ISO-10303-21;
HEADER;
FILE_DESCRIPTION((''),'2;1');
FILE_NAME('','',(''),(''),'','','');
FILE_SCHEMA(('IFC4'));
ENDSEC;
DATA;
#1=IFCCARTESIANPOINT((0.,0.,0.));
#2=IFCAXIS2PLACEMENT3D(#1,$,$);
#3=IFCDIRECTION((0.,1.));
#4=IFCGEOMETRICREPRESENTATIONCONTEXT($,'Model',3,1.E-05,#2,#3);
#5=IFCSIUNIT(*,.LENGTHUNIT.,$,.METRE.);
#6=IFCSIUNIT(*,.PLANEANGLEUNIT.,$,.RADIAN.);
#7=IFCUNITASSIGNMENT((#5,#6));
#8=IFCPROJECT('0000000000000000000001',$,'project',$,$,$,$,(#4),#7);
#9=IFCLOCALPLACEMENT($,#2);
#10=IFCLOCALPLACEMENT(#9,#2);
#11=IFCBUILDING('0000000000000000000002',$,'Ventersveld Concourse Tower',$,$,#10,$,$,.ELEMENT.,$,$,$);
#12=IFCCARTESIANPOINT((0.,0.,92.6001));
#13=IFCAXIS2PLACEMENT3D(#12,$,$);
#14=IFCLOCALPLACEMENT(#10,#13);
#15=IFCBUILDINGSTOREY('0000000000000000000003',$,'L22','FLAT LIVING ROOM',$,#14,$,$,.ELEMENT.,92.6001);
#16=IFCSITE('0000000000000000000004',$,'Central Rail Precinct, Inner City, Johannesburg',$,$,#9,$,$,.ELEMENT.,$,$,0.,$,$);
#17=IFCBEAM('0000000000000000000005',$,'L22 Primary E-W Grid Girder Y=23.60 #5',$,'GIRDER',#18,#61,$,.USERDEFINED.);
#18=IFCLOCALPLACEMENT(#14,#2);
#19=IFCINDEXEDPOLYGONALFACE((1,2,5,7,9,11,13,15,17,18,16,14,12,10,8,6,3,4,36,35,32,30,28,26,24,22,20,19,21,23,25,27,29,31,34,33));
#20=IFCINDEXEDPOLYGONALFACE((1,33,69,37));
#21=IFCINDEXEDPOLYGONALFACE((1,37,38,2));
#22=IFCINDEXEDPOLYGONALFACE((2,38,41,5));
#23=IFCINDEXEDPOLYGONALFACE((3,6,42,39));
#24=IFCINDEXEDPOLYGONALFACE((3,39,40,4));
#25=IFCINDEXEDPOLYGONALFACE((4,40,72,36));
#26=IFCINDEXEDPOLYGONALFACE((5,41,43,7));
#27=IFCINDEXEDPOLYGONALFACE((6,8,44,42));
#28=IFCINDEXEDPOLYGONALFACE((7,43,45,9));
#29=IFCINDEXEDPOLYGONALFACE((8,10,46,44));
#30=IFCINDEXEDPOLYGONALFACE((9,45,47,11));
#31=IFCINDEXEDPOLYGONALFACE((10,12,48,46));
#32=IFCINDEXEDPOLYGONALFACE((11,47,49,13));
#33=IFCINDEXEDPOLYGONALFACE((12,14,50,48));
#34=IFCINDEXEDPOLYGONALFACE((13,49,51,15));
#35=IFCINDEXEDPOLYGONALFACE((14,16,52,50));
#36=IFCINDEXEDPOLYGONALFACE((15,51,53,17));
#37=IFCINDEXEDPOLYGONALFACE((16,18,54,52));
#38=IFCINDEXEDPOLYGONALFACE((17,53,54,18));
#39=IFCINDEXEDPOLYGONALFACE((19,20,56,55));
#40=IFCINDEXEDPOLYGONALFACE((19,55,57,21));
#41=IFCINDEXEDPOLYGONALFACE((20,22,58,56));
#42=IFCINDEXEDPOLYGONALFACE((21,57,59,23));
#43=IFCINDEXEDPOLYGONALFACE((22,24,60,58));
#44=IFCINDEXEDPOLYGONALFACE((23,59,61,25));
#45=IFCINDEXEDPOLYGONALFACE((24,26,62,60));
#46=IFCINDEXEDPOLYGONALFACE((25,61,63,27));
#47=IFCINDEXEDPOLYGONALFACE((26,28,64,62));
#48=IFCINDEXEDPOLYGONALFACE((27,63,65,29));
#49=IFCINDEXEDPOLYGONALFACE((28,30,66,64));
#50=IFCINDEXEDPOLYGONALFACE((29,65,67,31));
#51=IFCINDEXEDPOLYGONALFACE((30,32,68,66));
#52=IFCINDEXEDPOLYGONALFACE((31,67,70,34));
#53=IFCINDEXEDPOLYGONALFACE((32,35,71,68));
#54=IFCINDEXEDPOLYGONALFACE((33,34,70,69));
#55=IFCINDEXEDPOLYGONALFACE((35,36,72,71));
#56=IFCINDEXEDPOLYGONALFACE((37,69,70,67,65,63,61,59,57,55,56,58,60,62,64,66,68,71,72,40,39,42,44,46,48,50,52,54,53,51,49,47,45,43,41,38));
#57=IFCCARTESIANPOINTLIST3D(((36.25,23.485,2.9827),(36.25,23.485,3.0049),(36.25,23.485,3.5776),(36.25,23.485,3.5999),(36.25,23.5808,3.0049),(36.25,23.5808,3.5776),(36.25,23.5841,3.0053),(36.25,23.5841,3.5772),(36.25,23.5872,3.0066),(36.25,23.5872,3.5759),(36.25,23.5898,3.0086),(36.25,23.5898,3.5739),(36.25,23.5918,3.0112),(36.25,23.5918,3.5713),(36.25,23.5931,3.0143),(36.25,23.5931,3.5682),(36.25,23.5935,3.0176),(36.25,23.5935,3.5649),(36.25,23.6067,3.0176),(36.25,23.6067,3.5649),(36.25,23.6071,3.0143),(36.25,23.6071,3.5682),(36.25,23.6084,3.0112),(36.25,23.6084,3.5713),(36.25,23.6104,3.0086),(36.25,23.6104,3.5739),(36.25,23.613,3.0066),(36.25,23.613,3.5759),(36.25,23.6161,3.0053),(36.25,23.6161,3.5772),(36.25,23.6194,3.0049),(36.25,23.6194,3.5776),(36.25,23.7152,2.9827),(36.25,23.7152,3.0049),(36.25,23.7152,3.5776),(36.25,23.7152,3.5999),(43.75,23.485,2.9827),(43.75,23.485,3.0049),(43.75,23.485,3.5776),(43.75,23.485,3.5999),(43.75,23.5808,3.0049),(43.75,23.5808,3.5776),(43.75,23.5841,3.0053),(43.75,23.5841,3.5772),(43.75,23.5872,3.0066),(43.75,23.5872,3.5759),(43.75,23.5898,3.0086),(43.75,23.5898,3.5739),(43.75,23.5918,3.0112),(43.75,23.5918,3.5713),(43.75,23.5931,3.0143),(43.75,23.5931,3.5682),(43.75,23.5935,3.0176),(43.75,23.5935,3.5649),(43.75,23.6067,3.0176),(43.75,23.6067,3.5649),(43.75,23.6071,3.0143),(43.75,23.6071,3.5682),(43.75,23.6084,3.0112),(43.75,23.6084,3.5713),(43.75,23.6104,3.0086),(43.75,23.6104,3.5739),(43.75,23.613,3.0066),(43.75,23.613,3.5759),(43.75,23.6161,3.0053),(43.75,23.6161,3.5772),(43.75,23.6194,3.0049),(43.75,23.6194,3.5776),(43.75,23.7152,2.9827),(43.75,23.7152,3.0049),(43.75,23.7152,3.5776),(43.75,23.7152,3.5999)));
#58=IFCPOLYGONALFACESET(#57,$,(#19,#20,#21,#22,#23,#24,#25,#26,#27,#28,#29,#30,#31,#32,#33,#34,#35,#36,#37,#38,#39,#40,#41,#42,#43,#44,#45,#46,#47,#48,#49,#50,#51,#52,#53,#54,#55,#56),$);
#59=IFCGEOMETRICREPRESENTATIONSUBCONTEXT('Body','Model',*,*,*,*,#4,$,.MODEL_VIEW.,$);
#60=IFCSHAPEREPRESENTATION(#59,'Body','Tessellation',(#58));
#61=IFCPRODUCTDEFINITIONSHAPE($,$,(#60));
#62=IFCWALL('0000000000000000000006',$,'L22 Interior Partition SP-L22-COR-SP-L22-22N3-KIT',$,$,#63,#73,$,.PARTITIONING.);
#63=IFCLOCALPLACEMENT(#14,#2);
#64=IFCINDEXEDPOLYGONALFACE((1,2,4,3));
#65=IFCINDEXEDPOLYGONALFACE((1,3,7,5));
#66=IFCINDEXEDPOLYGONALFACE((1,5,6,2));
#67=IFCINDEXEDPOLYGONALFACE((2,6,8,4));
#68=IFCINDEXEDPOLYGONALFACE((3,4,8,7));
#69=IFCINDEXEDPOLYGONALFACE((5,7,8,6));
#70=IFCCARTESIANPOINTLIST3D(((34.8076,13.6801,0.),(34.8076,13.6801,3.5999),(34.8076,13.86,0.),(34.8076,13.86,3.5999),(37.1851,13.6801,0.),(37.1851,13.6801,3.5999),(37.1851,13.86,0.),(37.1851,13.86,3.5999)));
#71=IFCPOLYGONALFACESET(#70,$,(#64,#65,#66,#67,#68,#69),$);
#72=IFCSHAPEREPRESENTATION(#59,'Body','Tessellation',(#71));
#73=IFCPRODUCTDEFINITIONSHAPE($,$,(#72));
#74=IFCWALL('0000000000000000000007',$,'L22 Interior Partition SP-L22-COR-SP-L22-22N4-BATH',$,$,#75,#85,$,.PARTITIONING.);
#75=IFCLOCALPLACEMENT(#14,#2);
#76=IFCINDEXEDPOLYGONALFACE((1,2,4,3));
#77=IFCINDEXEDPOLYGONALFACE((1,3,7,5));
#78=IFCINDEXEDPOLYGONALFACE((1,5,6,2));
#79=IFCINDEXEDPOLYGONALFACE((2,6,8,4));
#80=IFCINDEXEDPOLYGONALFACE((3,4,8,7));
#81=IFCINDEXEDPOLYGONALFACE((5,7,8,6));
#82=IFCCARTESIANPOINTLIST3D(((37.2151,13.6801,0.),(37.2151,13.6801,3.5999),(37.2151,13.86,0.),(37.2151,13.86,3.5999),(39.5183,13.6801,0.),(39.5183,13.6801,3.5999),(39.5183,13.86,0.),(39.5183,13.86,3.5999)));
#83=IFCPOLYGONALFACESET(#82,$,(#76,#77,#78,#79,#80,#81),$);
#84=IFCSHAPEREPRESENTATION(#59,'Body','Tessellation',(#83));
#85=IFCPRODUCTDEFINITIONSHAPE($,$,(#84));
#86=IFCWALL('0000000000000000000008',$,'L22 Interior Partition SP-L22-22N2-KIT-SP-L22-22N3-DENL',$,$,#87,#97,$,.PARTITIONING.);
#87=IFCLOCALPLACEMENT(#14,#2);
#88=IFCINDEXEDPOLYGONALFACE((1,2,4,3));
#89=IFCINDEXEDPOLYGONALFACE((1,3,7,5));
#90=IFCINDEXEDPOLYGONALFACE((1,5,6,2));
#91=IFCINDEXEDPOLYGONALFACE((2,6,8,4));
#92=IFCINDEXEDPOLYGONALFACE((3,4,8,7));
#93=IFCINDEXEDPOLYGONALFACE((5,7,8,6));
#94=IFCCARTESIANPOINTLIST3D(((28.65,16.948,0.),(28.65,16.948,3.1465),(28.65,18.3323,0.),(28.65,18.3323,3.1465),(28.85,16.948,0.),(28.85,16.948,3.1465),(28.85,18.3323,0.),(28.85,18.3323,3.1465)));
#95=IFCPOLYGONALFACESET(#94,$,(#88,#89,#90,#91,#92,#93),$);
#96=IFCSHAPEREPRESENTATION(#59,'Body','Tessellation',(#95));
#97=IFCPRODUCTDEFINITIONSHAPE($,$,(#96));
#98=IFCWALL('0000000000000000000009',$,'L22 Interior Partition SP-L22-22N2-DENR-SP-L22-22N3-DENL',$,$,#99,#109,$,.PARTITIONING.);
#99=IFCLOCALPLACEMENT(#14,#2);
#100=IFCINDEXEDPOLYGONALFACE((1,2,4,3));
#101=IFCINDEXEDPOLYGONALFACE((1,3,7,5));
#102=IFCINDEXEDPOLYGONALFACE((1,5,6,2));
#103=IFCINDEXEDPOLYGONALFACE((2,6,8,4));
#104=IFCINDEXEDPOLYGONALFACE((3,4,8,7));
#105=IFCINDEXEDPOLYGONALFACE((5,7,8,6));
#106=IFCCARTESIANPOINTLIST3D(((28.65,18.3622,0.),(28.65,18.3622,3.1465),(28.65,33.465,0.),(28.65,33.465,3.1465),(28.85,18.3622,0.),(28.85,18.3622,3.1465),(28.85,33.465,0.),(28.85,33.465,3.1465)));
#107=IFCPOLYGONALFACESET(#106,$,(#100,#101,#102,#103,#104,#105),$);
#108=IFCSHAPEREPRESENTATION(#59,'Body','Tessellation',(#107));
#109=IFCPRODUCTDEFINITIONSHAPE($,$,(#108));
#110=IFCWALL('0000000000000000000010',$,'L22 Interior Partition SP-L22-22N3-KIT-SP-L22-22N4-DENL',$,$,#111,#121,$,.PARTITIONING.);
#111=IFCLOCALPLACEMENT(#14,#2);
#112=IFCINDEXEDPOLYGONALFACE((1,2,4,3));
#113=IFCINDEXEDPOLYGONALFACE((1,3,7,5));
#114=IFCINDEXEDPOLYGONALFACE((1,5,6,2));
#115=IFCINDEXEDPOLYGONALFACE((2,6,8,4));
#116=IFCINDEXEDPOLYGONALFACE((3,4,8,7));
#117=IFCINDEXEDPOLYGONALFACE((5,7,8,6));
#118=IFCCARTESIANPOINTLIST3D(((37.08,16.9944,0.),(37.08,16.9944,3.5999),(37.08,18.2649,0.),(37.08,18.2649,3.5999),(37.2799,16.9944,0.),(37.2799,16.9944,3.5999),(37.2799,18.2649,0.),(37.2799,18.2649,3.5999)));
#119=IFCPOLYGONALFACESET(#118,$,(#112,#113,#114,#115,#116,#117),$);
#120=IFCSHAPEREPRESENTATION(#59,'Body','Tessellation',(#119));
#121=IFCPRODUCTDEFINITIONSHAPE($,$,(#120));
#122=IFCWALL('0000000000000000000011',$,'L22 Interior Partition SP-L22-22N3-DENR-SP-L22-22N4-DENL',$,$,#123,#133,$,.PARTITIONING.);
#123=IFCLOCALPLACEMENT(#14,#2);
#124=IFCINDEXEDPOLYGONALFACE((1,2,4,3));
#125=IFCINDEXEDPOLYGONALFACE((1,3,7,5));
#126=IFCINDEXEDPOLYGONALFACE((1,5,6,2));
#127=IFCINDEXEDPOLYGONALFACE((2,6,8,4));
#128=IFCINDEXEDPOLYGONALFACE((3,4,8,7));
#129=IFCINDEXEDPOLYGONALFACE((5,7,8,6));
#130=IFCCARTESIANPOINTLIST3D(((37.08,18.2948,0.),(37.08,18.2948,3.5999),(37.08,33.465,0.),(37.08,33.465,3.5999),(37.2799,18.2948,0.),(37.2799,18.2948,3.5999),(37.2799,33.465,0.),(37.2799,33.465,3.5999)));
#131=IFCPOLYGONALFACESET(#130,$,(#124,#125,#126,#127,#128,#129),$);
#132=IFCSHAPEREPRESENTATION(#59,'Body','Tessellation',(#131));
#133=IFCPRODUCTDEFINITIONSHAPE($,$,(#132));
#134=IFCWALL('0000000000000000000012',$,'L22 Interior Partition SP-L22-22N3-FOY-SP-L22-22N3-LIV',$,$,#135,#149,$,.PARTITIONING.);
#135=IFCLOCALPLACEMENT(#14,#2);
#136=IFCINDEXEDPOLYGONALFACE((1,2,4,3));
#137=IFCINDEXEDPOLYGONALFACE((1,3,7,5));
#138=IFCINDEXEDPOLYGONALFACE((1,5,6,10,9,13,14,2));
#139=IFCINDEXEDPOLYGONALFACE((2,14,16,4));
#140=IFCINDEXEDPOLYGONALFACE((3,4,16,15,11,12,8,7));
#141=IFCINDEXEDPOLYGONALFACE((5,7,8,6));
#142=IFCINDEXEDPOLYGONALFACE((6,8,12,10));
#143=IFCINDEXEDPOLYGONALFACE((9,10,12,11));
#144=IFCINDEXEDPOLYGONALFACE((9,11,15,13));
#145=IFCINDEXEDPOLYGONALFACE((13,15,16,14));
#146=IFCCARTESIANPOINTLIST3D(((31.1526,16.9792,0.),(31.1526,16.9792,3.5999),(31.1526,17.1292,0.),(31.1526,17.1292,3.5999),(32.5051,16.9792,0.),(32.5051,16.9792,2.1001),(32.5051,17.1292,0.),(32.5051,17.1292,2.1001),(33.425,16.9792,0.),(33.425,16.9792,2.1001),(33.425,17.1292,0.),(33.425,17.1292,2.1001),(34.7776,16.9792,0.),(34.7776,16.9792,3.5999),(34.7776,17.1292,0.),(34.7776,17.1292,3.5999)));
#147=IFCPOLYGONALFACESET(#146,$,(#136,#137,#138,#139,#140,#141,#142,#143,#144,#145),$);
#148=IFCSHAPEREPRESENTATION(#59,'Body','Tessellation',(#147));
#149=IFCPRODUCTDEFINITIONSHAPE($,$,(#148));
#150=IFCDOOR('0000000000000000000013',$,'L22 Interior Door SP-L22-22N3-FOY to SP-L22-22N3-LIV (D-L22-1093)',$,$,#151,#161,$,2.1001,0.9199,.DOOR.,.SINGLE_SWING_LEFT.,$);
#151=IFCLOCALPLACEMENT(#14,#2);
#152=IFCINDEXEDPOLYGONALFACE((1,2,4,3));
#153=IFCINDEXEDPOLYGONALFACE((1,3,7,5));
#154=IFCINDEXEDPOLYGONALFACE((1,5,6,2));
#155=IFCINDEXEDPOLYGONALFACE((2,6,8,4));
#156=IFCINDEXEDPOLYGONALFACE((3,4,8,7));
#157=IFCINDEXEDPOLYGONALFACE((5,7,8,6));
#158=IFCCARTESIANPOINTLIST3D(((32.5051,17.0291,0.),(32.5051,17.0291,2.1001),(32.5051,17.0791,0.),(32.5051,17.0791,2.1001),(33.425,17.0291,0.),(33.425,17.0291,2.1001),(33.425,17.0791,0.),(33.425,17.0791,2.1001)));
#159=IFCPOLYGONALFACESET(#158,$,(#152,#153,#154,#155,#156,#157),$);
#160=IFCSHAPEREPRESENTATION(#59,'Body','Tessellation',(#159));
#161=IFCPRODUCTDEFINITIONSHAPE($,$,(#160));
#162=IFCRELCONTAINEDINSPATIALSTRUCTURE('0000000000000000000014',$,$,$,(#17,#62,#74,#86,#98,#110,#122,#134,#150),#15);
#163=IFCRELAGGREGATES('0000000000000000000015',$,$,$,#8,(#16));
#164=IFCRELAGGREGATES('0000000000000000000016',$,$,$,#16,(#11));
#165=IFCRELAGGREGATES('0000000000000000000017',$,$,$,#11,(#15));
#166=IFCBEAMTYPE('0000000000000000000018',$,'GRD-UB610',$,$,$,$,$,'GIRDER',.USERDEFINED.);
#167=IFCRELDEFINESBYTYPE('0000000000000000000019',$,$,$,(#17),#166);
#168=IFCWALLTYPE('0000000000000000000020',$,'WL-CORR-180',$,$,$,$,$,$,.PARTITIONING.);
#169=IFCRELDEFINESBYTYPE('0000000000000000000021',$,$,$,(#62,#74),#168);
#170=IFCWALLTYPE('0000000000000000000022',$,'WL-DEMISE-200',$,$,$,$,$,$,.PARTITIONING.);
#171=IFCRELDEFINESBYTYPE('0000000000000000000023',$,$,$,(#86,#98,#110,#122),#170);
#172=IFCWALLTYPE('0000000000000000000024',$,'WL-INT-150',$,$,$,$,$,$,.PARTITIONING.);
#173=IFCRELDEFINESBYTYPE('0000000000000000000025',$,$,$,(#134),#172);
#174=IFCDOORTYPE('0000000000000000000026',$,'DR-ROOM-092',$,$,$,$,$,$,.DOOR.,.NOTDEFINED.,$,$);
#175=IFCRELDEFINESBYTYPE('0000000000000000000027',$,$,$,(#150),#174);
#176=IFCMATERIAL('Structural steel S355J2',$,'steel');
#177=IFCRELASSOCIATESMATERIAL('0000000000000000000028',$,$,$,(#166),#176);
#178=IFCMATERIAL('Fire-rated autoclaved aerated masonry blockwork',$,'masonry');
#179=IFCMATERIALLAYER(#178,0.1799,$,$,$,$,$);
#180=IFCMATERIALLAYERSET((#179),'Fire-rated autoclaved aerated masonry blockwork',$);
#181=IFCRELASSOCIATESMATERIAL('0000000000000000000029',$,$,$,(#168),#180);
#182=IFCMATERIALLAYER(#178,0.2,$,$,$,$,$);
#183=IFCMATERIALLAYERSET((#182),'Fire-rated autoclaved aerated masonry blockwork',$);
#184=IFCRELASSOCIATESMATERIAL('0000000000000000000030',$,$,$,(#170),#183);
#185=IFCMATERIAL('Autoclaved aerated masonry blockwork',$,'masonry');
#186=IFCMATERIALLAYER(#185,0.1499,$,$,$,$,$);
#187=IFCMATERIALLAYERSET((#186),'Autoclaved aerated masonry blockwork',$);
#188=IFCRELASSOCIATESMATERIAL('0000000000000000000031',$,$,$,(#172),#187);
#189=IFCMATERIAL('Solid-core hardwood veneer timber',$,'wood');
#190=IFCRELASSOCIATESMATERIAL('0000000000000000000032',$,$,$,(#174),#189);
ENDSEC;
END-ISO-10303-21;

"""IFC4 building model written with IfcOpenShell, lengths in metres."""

from ifc_helpers import new_model, si_unit, direction, frame, frame_2d, origin, origin_2d, place, context, subcontext, project, spatial, rectangle, i_section, extrude, material, layer, layer_set, material_profile, profile_set, type_object, element, fill, save


model = new_model("IFC4")

# Units and contexts
model_context = context("Model", 3, precision=1e-05, world=origin(), true_north=direction((0.0, 1.0)))
body_context = subcontext(model_context, "Body", "Model", "MODEL_VIEW")
ifc_project = project(units=[si_unit("LENGTHUNIT", "METRE"), si_unit("PLANEANGLEUNIT", "RADIAN")], contexts=[model_context])

# Site, building, storey
site_placement = place(None, origin())
site = spatial("IfcSite", under=ifc_project, at=site_placement, Name="Central Rail Precinct, Inner City, Johannesburg", CompositionType="ELEMENT", RefElevation=0.0)
building_placement = place(site_placement, origin())
building = spatial("IfcBuilding", under=site, at=building_placement, Name="Ventersveld Concourse Tower", CompositionType="ELEMENT")
storey_placement = place(building_placement, frame((0.0, 0.0, 92.6001)))
storey = spatial("IfcBuildingStorey", under=building, at=storey_placement, Name="L22", Description="FLAT LIVING ROOM", CompositionType="ELEMENT", Elevation=92.6001)

# Beam
ifc_material_1 = material(Name="Structural steel S355J2", Category="steel")
ifc_material_profile_1 = material_profile(ifc_material_1, i_section(OverallWidth=0.2302, OverallDepth=0.6172, WebThickness=0.0132, FlangeThickness=0.0222, FilletRadius=0.0127, at=origin_2d()), Name="UB 610x229x140")
ifc_profile_set_1 = profile_set([ifc_material_profile_1], Name="Structural steel S355J2")
beam_type_1 = type_object("IfcBeamType", Name="GRD-UB610", ElementType="GIRDER", PredefinedType="USERDEFINED", material=ifc_profile_set_1)
for number, where, z_axis, x_axis, name in (
    (1, (36.25, 23.6001, 3.2913), (1.0, 0.0, 0.0), (0.0, 1.0, 0.0), "L22 Primary E-W Grid Girder Y=23.60 #5"),
):
    element("IfcBeam", number, at=place(storey_placement, frame(where, z_axis=z_axis, x_axis=x_axis)), inside=storey, type_object=beam_type_1, Name=name, ObjectType="GIRDER", PredefinedType="USERDEFINED", context=body_context, shape_type="SweptSolid", body=[
        extrude(i_section(OverallWidth=0.2302, OverallDepth=0.6172, WebThickness=0.0132, FlangeThickness=0.0222, FilletRadius=0.0127, at=origin_2d()), origin(), (0.0, 0.0, 1.0), 7.5),
    ])

# Walls
ifc_material_2 = material(Name="Fire-rated autoclaved aerated masonry blockwork", Category="masonry")
ifc_layer_1 = layer(ifc_material_2, 0.1799)
ifc_layer_set_1 = layer_set([ifc_layer_1], Name="Fire-rated autoclaved aerated masonry blockwork")
wall_type_1 = type_object("IfcWallType", Name="WL-CORR-180", PredefinedType="PARTITIONING", material=ifc_layer_set_1)
wall_1_placement = place(storey_placement, frame((34.8076, 13.77, 0.0), z_axis=(0.0, 0.0, 1.0), x_axis=(1.0, 0.0, 0.0)))
element("IfcWall", 2, at=wall_1_placement, inside=storey, type_object=wall_type_1, Name="L22 Interior Partition SP-L22-COR-SP-L22-22N3-KIT", PredefinedType="PARTITIONING", context=body_context, shape_type="SweptSolid", body=[
    extrude(rectangle(XDim=2.3774, YDim=0.1799, at=frame_2d((1.1887, 0.0))), origin(), (0.0, 0.0, 1.0), 3.5999),
])
wall_2_placement = place(storey_placement, frame((37.2151, 13.77, 0.0), z_axis=(0.0, 0.0, 1.0), x_axis=(1.0, 0.0, 0.0)))
element("IfcWall", 3, at=wall_2_placement, inside=storey, type_object=wall_type_1, Name="L22 Interior Partition SP-L22-COR-SP-L22-22N4-BATH", PredefinedType="PARTITIONING", context=body_context, shape_type="SweptSolid", body=[
    extrude(rectangle(XDim=2.3032, YDim=0.1799, at=frame_2d((1.1516, 0.0))), origin(), (0.0, 0.0, 1.0), 3.5999),
])
ifc_layer_2 = layer(ifc_material_2, 0.2)
ifc_layer_set_2 = layer_set([ifc_layer_2], Name="Fire-rated autoclaved aerated masonry blockwork")
wall_type_2 = type_object("IfcWallType", Name="WL-DEMISE-200", PredefinedType="PARTITIONING", material=ifc_layer_set_2)
wall_3_placement = place(storey_placement, frame((28.75, 16.948, 0.0), z_axis=(0.0, 0.0, 1.0), x_axis=(0.0, 1.0, 0.0)))
element("IfcWall", 4, at=wall_3_placement, inside=storey, type_object=wall_type_2, Name="L22 Interior Partition SP-L22-22N2-KIT-SP-L22-22N3-DENL", PredefinedType="PARTITIONING", context=body_context, shape_type="SweptSolid", body=[
    extrude(rectangle(XDim=1.3843, YDim=0.2, at=frame_2d((0.6921, 0.0))), origin(), (0.0, 0.0, 1.0), 3.1465),
])
wall_4_placement = place(storey_placement, frame((28.75, 18.3623, 0.0), z_axis=(0.0, 0.0, 1.0), x_axis=(0.0, 1.0, 0.0)))
element("IfcWall", 5, at=wall_4_placement, inside=storey, type_object=wall_type_2, Name="L22 Interior Partition SP-L22-22N2-DENR-SP-L22-22N3-DENL", PredefinedType="PARTITIONING", context=body_context, shape_type="SweptSolid", body=[
    extrude(rectangle(XDim=15.1028, YDim=0.2, at=frame_2d((7.5513, 0.0))), origin(), (0.0, 0.0, 1.0), 3.1465),
])
wall_5_placement = place(storey_placement, frame((37.1799, 16.9944, 0.0), z_axis=(0.0, 0.0, 1.0), x_axis=(0.0, 1.0, 0.0)))
element("IfcWall", 6, at=wall_5_placement, inside=storey, type_object=wall_type_2, Name="L22 Interior Partition SP-L22-22N3-KIT-SP-L22-22N4-DENL", PredefinedType="PARTITIONING", context=body_context, shape_type="SweptSolid", body=[
    extrude(rectangle(XDim=1.2705, YDim=0.2, at=frame_2d((0.6353, 0.0))), origin(), (0.0, 0.0, 1.0), 3.5999),
])
wall_6_placement = place(storey_placement, frame((37.1799, 18.2949, 0.0), z_axis=(0.0, 0.0, 1.0), x_axis=(0.0, 1.0, 0.0)))
element("IfcWall", 7, at=wall_6_placement, inside=storey, type_object=wall_type_2, Name="L22 Interior Partition SP-L22-22N3-DENR-SP-L22-22N4-DENL", PredefinedType="PARTITIONING", context=body_context, shape_type="SweptSolid", body=[
    extrude(rectangle(XDim=15.1702, YDim=0.2, at=frame_2d((7.585, 0.0))), origin(), (0.0, 0.0, 1.0), 3.5999),
])

# Wall, opening, door
ifc_material_3 = material(Name="Autoclaved aerated masonry blockwork", Category="masonry")
ifc_layer_3 = layer(ifc_material_3, 0.1499)
ifc_layer_set_3 = layer_set([ifc_layer_3], Name="Autoclaved aerated masonry blockwork")
wall_type_3 = type_object("IfcWallType", Name="WL-INT-150", PredefinedType="PARTITIONING", material=ifc_layer_set_3)
wall_7_placement = place(storey_placement, frame((31.1526, 17.0542, 0.0), z_axis=(0.0, 0.0, 1.0), x_axis=(1.0, 0.0, 0.0)))
wall_7 = element("IfcWall", 8, at=wall_7_placement, inside=storey, type_object=wall_type_3, Name="L22 Interior Partition SP-L22-22N3-FOY-SP-L22-22N3-LIV", PredefinedType="PARTITIONING", context=body_context, shape_type="SweptSolid", body=[
    extrude(rectangle(XDim=3.625, YDim=0.1499, at=frame_2d((1.8125, 0.0))), origin(), (0.0, 0.0, 1.0), 3.5999),
])
opening_1_placement = place(wall_7_placement, frame((1.3525, 0.0, 0.0)))
opening_1 = element("IfcOpeningElement", 9, at=opening_1_placement, cuts=wall_7, PredefinedType="OPENING", context=body_context, shape_type="SweptSolid", body=[
    extrude(rectangle(XDim=0.9199, YDim=2.1001, at=frame_2d((0.46, 1.05))), frame((0.0, 0.085, 0.0), z_axis=(0.0, -1.0, 0.0), x_axis=(1.0, 0.0, 0.0)), (0.0, 0.0, 1.0), 0.1699),
])
ifc_material_4 = material(Name="Solid-core hardwood veneer timber", Category="wood")
door_type = type_object("IfcDoorType", Name="DR-ROOM-092", OperationType="NOTDEFINED", PredefinedType="DOOR", material=ifc_material_4)
door_1_placement = place(opening_1_placement, origin())
door_1 = element("IfcDoor", 10, at=door_1_placement, inside=storey, type_object=door_type, Name="L22 Interior Door SP-L22-22N3-FOY to SP-L22-22N3-LIV (D-L22-1093)", OperationType="SINGLE_SWING_LEFT", OverallHeight=2.1001, OverallWidth=0.9199, PredefinedType="DOOR", context=body_context, shape_type="SweptSolid", body=[
    extrude(rectangle(XDim=0.9199, YDim=2.1001, at=frame_2d((0.46, 1.05))), frame((0.0, 0.0249, 0.0), z_axis=(0.0, -1.0, 0.0), x_axis=(1.0, 0.0, 0.0)), (0.0, 0.0, 1.0), 0.05),
])
fill(opening_1, door_1)

save(model, "model.ifc")
